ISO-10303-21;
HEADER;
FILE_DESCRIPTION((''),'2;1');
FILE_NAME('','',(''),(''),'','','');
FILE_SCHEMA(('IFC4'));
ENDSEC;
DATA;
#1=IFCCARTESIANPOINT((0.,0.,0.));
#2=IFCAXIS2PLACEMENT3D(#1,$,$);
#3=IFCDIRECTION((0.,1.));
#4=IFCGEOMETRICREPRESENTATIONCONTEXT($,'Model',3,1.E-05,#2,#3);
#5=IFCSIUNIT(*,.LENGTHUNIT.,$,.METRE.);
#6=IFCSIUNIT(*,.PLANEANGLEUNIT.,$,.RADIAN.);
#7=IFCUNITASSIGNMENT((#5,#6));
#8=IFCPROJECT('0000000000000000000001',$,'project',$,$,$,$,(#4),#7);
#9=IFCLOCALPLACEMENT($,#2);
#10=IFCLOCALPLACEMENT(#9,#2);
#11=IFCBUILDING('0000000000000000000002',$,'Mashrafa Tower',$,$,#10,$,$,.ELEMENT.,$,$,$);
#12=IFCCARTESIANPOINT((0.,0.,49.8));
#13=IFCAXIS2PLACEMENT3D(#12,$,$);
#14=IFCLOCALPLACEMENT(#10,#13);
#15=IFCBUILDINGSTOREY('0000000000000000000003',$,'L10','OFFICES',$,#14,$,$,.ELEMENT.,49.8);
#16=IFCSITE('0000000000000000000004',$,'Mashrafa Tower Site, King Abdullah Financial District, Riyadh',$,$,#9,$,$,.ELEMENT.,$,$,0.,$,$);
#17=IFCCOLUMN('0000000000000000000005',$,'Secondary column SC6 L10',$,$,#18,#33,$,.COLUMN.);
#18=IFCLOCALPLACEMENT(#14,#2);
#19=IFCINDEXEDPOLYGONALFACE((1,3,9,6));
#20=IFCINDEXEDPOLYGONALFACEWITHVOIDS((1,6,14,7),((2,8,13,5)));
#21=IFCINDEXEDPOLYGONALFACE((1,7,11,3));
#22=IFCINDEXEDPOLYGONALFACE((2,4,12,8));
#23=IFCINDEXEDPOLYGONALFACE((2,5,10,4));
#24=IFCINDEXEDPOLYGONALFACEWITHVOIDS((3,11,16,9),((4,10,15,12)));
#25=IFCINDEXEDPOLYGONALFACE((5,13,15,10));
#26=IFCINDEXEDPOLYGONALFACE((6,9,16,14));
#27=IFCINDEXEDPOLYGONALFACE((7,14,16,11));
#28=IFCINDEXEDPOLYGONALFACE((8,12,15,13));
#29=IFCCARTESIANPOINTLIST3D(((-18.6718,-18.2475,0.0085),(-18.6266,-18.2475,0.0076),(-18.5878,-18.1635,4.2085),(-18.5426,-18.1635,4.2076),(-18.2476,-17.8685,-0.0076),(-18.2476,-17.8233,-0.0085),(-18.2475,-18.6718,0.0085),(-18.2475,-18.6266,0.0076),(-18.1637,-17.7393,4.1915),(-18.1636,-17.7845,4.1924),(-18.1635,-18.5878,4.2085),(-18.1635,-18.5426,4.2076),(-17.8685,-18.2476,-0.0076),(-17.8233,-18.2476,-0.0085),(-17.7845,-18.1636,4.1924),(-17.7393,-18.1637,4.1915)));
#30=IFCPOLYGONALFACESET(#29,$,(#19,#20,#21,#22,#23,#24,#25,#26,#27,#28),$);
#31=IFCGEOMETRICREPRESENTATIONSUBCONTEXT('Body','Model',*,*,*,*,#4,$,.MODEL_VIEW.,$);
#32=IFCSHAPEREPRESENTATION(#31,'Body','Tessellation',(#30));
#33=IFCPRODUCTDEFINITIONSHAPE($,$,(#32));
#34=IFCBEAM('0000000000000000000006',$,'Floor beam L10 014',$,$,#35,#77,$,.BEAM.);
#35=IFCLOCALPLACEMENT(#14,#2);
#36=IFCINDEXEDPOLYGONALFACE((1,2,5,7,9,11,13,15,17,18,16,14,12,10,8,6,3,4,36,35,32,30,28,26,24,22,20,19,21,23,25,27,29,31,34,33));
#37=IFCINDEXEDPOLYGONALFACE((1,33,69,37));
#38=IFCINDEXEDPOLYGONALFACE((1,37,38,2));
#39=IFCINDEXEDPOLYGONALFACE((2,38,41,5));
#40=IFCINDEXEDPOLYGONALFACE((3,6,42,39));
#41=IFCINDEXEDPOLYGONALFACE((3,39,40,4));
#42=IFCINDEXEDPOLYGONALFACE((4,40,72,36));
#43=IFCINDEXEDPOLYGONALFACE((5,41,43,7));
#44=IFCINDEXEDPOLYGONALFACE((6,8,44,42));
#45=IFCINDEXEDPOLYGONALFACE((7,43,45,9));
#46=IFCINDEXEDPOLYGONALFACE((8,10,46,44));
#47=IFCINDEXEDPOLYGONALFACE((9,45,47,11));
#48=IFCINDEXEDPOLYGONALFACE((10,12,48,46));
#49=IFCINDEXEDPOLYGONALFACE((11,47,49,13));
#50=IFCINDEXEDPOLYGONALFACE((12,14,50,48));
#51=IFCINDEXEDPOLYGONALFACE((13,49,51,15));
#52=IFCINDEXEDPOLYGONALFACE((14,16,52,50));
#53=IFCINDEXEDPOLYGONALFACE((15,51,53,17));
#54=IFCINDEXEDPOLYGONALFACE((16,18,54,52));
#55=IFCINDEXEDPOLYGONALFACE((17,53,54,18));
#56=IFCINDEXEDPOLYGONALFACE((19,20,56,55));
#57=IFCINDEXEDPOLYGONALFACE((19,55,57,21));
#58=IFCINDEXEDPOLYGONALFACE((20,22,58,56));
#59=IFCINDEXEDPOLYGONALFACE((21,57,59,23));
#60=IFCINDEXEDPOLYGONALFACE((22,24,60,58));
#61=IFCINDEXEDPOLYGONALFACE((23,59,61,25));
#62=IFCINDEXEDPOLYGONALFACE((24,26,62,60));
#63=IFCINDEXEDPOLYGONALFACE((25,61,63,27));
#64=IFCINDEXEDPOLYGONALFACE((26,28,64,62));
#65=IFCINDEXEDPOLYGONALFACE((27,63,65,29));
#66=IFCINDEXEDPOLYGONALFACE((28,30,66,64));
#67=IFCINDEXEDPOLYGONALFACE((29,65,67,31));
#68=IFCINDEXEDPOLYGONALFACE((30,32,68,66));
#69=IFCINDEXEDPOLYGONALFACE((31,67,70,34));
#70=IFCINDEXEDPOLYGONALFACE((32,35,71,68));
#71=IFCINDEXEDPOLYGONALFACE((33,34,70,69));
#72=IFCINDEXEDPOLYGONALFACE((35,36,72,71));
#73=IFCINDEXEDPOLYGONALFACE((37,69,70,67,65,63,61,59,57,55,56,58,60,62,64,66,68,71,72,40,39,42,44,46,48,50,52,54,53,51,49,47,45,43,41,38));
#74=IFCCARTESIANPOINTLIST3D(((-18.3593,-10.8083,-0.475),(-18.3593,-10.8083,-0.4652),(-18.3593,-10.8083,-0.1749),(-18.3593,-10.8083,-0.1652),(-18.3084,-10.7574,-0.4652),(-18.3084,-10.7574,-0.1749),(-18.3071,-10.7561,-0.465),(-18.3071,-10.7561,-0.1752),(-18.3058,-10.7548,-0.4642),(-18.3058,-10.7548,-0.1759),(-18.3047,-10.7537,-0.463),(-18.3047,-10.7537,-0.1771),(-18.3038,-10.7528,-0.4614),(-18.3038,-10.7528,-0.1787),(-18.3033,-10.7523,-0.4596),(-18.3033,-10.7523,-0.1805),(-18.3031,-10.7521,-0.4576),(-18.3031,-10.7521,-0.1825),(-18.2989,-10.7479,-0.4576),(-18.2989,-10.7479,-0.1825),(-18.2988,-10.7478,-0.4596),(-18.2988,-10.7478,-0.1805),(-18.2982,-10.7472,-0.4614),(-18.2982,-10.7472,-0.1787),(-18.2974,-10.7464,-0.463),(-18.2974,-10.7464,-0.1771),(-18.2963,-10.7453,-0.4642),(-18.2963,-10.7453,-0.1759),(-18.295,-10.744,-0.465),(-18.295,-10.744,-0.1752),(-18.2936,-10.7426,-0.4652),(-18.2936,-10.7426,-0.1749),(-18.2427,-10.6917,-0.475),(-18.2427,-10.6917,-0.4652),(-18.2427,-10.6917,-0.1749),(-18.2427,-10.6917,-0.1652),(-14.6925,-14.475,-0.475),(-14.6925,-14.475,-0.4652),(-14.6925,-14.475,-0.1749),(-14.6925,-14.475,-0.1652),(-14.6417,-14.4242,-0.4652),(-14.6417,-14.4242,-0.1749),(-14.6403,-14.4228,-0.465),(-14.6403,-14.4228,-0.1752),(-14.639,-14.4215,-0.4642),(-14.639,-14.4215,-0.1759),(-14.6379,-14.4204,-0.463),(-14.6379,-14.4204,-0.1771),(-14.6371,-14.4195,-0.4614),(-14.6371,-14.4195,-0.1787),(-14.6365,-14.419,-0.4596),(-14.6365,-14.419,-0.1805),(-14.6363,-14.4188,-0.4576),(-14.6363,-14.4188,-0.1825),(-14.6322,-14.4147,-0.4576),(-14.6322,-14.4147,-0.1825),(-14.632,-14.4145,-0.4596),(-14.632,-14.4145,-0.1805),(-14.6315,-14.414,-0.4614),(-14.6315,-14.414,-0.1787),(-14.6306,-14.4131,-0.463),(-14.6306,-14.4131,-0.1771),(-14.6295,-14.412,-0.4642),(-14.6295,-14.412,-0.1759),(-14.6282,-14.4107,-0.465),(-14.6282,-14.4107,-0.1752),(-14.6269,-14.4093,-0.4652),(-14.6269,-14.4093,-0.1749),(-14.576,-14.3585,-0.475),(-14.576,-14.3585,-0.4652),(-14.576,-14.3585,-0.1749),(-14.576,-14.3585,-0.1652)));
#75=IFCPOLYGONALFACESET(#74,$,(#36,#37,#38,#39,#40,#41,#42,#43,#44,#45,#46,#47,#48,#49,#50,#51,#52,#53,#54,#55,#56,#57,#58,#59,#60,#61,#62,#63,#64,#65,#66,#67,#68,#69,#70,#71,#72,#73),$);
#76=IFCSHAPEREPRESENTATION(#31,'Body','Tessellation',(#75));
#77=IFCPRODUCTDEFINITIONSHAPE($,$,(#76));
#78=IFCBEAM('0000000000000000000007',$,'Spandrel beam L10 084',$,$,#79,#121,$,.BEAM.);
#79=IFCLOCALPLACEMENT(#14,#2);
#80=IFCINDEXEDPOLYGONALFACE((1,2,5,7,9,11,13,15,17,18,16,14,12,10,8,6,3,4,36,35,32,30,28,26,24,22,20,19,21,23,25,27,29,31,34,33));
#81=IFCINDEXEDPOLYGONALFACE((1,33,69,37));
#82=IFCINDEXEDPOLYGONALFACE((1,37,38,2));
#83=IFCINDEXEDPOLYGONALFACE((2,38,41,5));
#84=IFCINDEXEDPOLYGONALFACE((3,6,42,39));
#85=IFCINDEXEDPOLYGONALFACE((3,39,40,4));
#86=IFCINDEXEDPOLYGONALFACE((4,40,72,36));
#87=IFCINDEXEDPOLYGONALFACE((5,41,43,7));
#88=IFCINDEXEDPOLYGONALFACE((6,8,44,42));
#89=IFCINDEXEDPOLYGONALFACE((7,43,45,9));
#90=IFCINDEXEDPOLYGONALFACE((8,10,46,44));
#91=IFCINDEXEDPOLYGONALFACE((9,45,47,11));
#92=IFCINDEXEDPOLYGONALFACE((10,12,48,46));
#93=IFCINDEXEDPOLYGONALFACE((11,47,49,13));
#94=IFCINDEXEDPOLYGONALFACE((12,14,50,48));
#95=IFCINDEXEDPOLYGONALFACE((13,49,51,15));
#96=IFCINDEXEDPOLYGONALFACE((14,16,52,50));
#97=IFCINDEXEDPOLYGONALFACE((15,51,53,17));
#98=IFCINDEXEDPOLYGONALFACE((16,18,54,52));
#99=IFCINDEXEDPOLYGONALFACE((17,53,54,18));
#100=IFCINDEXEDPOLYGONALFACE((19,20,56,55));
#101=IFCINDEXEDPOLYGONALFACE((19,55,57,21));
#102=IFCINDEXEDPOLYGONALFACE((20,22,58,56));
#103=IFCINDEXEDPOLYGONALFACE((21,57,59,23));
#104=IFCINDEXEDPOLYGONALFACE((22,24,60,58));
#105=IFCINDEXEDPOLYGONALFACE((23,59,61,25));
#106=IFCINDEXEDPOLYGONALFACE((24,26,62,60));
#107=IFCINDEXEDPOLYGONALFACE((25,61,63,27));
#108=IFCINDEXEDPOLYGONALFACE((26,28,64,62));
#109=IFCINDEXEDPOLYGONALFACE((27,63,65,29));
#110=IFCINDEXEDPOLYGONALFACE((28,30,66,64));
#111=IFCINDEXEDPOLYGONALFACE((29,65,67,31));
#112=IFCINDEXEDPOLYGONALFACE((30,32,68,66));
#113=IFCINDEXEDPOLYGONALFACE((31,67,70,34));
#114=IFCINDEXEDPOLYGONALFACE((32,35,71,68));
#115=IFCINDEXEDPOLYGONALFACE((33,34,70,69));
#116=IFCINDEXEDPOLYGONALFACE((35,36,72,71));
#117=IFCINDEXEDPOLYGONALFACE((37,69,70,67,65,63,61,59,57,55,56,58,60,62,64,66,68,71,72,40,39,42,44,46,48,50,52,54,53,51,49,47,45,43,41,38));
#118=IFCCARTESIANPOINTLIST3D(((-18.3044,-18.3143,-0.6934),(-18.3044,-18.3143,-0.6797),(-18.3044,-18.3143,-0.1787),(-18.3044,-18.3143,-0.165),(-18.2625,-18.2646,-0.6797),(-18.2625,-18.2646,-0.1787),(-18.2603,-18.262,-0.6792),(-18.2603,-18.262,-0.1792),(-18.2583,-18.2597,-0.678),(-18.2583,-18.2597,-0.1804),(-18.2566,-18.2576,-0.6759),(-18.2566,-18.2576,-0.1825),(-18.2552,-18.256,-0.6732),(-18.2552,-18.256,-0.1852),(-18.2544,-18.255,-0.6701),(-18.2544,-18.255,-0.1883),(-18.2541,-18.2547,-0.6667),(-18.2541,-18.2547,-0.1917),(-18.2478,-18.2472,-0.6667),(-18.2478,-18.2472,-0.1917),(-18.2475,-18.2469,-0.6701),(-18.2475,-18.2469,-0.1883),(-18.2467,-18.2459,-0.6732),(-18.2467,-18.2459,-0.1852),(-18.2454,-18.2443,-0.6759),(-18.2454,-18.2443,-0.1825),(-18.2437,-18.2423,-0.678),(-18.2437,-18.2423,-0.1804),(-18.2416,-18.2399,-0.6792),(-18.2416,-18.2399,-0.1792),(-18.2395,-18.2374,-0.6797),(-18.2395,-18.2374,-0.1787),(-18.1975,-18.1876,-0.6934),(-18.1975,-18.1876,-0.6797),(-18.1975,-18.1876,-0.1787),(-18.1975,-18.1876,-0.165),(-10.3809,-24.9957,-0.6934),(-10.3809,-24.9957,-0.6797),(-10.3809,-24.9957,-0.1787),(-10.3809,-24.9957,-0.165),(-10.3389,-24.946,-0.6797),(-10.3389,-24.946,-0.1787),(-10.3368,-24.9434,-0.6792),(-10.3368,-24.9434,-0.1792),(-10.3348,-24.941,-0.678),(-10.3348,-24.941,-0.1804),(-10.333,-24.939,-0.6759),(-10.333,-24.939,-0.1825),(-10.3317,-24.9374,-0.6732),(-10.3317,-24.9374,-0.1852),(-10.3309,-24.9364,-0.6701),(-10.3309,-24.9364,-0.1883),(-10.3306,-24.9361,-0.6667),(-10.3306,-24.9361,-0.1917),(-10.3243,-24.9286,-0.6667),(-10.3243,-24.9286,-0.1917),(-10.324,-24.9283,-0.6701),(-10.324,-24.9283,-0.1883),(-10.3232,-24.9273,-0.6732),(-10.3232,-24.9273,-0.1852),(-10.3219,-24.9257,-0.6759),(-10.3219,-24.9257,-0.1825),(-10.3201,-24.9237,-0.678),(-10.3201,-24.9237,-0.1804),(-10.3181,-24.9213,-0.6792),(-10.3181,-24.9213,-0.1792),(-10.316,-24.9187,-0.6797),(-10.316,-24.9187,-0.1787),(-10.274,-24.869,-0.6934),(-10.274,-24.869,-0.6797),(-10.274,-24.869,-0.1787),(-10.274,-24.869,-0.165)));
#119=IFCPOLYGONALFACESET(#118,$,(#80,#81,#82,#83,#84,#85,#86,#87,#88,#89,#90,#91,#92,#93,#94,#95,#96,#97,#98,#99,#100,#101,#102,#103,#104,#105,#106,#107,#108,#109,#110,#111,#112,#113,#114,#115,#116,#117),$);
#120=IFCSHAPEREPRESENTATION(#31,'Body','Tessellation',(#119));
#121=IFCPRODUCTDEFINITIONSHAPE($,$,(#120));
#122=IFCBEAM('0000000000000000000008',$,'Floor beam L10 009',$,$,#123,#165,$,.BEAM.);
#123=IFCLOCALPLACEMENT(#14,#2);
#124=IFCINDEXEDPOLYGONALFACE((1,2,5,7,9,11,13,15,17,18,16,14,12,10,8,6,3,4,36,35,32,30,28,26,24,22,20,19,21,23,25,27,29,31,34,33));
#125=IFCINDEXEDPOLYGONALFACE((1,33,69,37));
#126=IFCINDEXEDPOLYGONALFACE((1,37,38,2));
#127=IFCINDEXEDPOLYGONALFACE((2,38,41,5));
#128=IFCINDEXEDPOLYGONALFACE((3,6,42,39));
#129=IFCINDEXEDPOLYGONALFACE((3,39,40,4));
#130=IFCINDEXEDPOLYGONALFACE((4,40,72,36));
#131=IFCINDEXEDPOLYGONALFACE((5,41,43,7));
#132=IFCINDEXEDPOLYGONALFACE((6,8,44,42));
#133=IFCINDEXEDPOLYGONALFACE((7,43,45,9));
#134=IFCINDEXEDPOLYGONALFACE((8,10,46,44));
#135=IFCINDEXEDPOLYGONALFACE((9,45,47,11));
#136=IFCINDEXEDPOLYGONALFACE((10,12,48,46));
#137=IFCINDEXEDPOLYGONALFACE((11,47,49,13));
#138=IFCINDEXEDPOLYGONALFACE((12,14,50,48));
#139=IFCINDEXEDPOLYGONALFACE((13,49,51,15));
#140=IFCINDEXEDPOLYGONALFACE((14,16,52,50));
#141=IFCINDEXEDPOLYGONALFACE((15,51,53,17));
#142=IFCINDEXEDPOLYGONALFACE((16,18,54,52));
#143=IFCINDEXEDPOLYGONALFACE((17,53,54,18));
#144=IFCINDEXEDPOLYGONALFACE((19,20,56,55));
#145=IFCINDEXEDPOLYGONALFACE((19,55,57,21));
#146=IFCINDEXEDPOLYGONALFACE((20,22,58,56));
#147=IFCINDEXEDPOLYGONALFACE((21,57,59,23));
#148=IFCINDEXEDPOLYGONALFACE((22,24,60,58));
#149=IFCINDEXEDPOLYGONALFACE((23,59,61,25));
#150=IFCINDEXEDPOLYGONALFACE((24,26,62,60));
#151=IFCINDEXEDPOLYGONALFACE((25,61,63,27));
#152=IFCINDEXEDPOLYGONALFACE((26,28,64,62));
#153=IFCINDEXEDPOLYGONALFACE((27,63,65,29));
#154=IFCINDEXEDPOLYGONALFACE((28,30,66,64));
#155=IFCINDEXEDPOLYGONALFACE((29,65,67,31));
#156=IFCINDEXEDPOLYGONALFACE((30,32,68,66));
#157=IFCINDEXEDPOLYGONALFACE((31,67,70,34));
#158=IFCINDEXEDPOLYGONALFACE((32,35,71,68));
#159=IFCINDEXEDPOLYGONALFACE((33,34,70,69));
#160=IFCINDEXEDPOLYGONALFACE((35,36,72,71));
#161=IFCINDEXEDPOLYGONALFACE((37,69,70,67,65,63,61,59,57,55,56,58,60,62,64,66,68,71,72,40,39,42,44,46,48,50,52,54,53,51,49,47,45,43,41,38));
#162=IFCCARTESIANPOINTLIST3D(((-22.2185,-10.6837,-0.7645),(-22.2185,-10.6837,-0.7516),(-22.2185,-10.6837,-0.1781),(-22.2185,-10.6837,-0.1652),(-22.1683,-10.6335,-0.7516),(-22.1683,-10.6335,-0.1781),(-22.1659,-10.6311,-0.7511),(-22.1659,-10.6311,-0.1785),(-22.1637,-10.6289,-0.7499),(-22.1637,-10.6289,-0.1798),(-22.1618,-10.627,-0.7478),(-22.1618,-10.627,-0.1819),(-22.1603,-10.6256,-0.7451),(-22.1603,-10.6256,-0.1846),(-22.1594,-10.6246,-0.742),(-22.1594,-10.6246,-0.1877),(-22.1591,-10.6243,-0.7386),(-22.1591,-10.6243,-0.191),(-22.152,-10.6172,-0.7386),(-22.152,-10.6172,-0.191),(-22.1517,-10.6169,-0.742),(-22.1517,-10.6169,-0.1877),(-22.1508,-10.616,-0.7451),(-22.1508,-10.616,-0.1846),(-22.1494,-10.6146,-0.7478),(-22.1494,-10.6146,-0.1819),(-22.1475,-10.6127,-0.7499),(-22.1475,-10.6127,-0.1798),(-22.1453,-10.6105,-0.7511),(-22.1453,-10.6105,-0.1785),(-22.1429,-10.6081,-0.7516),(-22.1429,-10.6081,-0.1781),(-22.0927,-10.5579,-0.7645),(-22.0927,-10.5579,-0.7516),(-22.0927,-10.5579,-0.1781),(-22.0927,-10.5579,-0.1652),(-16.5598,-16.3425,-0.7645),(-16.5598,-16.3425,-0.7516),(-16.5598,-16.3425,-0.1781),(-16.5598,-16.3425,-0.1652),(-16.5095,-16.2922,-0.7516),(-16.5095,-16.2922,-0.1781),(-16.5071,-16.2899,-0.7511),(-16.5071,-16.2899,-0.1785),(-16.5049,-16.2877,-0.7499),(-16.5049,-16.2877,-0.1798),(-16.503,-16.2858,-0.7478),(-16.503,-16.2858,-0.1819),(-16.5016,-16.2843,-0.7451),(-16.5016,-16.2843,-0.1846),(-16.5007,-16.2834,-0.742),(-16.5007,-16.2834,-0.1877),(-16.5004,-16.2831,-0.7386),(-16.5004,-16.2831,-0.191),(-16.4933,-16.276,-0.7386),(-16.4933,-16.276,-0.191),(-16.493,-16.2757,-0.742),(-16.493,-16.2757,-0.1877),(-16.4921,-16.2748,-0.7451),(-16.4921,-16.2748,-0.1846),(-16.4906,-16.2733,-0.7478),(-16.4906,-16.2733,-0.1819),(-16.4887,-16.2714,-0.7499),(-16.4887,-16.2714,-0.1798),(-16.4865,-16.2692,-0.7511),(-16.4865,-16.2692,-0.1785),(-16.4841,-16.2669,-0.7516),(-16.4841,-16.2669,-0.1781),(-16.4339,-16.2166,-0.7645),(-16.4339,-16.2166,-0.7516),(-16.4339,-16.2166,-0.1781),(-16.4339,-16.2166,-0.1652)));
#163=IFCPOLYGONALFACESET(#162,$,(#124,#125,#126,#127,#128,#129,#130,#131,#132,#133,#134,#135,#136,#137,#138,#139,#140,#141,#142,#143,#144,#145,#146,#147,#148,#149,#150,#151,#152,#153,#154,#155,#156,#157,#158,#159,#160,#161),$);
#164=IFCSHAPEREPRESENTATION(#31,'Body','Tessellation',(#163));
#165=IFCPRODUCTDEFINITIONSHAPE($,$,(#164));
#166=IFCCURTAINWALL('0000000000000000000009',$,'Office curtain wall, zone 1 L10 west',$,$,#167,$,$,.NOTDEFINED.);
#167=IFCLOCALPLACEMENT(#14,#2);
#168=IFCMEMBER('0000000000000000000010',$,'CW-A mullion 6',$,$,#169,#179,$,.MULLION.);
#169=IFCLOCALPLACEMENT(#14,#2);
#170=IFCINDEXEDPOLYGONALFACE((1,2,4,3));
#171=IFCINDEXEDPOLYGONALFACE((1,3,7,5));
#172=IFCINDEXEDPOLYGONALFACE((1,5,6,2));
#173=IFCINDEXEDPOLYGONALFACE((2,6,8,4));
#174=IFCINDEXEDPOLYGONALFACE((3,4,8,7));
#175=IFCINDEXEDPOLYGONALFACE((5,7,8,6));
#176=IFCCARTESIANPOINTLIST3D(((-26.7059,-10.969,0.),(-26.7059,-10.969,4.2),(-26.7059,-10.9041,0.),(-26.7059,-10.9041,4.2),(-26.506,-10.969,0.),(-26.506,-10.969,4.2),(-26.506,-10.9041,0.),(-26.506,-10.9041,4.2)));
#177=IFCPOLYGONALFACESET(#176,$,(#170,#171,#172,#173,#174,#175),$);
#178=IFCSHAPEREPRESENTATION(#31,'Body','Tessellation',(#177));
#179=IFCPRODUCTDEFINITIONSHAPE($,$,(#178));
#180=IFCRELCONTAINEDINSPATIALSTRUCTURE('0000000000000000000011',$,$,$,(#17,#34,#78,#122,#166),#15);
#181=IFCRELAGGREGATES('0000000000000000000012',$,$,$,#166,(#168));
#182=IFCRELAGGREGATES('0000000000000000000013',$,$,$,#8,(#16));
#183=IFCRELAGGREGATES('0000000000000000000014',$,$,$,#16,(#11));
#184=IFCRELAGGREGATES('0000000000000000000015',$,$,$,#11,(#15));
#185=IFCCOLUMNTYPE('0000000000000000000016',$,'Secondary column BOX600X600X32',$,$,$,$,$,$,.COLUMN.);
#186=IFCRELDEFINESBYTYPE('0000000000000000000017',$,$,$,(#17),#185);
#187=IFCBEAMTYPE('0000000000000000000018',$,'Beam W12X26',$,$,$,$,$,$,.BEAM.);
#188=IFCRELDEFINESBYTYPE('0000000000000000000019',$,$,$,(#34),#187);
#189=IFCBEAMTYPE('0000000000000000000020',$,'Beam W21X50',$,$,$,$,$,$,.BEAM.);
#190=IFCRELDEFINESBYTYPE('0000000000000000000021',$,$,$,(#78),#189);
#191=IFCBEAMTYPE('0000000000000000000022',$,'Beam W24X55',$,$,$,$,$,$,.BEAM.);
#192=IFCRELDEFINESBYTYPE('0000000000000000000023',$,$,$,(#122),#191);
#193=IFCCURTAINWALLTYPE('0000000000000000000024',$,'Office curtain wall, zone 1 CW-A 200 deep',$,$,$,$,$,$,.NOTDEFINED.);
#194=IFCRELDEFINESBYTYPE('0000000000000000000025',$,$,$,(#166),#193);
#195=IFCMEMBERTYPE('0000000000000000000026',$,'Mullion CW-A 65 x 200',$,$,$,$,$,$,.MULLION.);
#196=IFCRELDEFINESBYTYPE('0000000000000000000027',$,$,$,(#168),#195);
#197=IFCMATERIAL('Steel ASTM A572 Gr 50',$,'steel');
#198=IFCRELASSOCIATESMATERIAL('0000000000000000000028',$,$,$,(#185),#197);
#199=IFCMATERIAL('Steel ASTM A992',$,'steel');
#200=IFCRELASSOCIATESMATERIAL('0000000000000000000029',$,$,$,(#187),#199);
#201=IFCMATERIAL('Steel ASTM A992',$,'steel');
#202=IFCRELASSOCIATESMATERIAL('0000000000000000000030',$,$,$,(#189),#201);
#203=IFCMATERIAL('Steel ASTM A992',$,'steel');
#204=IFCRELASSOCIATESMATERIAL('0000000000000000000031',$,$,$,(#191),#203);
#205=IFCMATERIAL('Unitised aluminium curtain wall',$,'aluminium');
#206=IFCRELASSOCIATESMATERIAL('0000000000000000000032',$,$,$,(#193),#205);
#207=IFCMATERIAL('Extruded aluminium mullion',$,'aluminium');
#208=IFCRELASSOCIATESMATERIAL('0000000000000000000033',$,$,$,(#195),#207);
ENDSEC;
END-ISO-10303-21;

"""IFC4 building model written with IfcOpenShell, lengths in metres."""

from ifc_helpers import new_model, si_unit, direction, frame, origin, origin_2d, place, context, subcontext, project, spatial, rectangle, hollow_rectangle, i_section, extrude, source, transform, mapped, material, material_profile, profile_set, type_object, type_shapes, element, aggregate, save


model = new_model("IFC4")

# Units and contexts
model_context = context("Model", 3, precision=1e-05, world=origin(), true_north=direction((0.0, 1.0)))
body_context = subcontext(model_context, "Body", "Model", "MODEL_VIEW")
ifc_project = project(units=[si_unit("LENGTHUNIT", "METRE"), si_unit("PLANEANGLEUNIT", "RADIAN")], contexts=[model_context])

# Site, building, storey
site_placement = place(None, origin())
site = spatial("IfcSite", under=ifc_project, at=site_placement, Name="Mashrafa Tower Site, King Abdullah Financial District, Riyadh", CompositionType="ELEMENT", RefElevation=0.0)
building_placement = place(site_placement, origin())
building = spatial("IfcBuilding", under=site, at=building_placement, Name="Mashrafa Tower", CompositionType="ELEMENT")
storey_placement = place(building_placement, frame((0.0, 0.0, 49.8)))
storey = spatial("IfcBuildingStorey", under=building, at=storey_placement, Name="L10", Description="OFFICES", CompositionType="ELEMENT", Elevation=49.8)

# Column
ifc_material_1 = material(Name="Steel ASTM A572 Gr 50", Category="steel")
ifc_material_profile_1 = material_profile(ifc_material_1, hollow_rectangle(XDim=0.6001, YDim=0.6001, WallThickness=0.032, at=origin_2d()), Name="BOX600X600X32")
ifc_profile_set_1 = profile_set([ifc_material_profile_1], Name="Steel ASTM A572 Gr 50")
column_type = type_object("IfcColumnType", Name="Secondary column BOX600X600X32", PredefinedType="COLUMN", material=ifc_profile_set_1)
column_placement = place(storey_placement, frame((-18.2476, -18.2476, 0.0), z_axis=(0.019989, 0.019989, 0.9996), x_axis=(-0.707107, 0.707107, 0.0)))
element("IfcColumn", 1, at=column_placement, inside=storey, type_object=column_type, Name="Secondary column SC6 L10", PredefinedType="COLUMN", context=body_context, shape_type="SweptSolid", body=[
    extrude(hollow_rectangle(XDim=0.6001, YDim=0.6001, WallThickness=0.032, at=origin_2d()), origin(), (0.0, 0.0, 1.0), 4.2017),
])

# Beams
ifc_material_2 = material(Name="Steel ASTM A992", Category="steel")
ifc_material_profile_2 = material_profile(ifc_material_2, i_section(OverallWidth=0.1648, OverallDepth=0.3098, WebThickness=0.0059, FlangeThickness=0.0098, FilletRadius=0.0076, at=origin_2d()), Name="W12X26")
ifc_profile_set_2 = profile_set([ifc_material_profile_2], Name="Steel ASTM A992")
beam_type_1 = type_object("IfcBeamType", Name="Beam W12X26", PredefinedType="BEAM", material=ifc_profile_set_2)
beam_1_placement = place(storey_placement, frame((-14.6343, -14.4167, -0.3201), z_axis=(-0.707107, 0.707107, 0.0), x_axis=(-0.707107, -0.707107, 0.0)))
element("IfcBeam", 2, at=beam_1_placement, inside=storey, type_object=beam_type_1, Name="Floor beam L10 014", PredefinedType="BEAM", context=body_context, shape_type="SweptSolid", body=[
    extrude(i_section(OverallWidth=0.1648, OverallDepth=0.3098, WebThickness=0.0059, FlangeThickness=0.0098, FilletRadius=0.0076, at=origin_2d()), origin(), (0.0, 0.0, 1.0), 5.1855),
])
ifc_material_3 = material(Name="Steel ASTM A992", Category="steel")
ifc_material_profile_3 = material_profile(ifc_material_3, i_section(OverallWidth=0.1658, OverallDepth=0.5283, WebThickness=0.0098, FlangeThickness=0.0137, FilletRadius=0.0129, at=origin_2d()), Name="W21X50")
ifc_profile_set_3 = profile_set([ifc_material_profile_3], Name="Steel ASTM A992")
beam_type_2 = type_object("IfcBeamType", Name="Beam W21X50", PredefinedType="BEAM", material=ifc_profile_set_3)
beam_2_placement = place(storey_placement, frame((-18.251, -18.251, -0.4292), z_axis=(0.764488, -0.644638, 0.0), x_axis=(0.644638, 0.764488, 0.0)))
element("IfcBeam", 3, at=beam_2_placement, inside=storey, type_object=beam_type_2, Name="Spandrel beam L10 084", PredefinedType="BEAM", context=body_context, shape_type="SweptSolid", body=[
    extrude(i_section(OverallWidth=0.1658, OverallDepth=0.5283, WebThickness=0.0098, FlangeThickness=0.0137, FilletRadius=0.0129, at=origin_2d()), origin(), (0.0, 0.0, 1.0), 10.3645),
])
ifc_material_4 = material(Name="Steel ASTM A992", Category="steel")
ifc_material_profile_4 = material_profile(ifc_material_4, i_section(OverallWidth=0.178, OverallDepth=0.5994, WebThickness=0.01, FlangeThickness=0.0129, FilletRadius=0.0129, at=origin_2d()), Name="W24X55")
ifc_profile_set_4 = profile_set([ifc_material_profile_4], Name="Steel ASTM A992")
beam_type_3 = type_object("IfcBeamType", Name="Beam W24X55", PredefinedType="BEAM", material=ifc_profile_set_4)
beam_3_placement = place(storey_placement, frame((-16.4968, -16.2795, -0.4648), z_axis=(-0.707107, 0.707107, 0.0), x_axis=(-0.707107, -0.707107, 0.0)))
element("IfcBeam", 4, at=beam_3_placement, inside=storey, type_object=beam_type_3, Name="Floor beam L10 009", PredefinedType="BEAM", context=body_context, shape_type="SweptSolid", body=[
    extrude(i_section(OverallWidth=0.178, OverallDepth=0.5994, WebThickness=0.01, FlangeThickness=0.0129, FilletRadius=0.0129, at=origin_2d()), origin(), (0.0, 0.0, 1.0), 8.0027),
])

# Curtain wall, member
ifc_material_5 = material(Name="Unitised aluminium curtain wall", Category="aluminium")
curtain_wall_type = type_object("IfcCurtainWallType", Name="Office curtain wall, zone 1 CW-A 200 deep", PredefinedType="NOTDEFINED", material=ifc_material_5)
curtain_wall_1_placement = place(storey_placement, origin())
curtain_wall_1 = element("IfcCurtainWall", 5, at=curtain_wall_1_placement, inside=storey, type_object=curtain_wall_type, Name="Office curtain wall, zone 1 L10 west", PredefinedType="NOTDEFINED")
ifc_material_6 = material(Name="Extruded aluminium mullion", Category="aluminium")
ifc_material_profile_5 = material_profile(ifc_material_6, rectangle(XDim=0.2, YDim=0.0649, at=origin_2d()), Name="Mullion 65x200")
ifc_profile_set_5 = profile_set([ifc_material_profile_5], Name="Extruded aluminium mullion")
member_type_1 = type_object("IfcMemberType", Name="Mullion CW-A 65 x 200", PredefinedType="MULLION", material=ifc_profile_set_5)
shared_shape_1 = source(origin(), body_context, "Body", "SweptSolid", [
    extrude(rectangle(XDim=0.2, YDim=0.0649, at=origin_2d()), origin(), (0.0, 0.0, 1.0), 4.2),
])
type_shapes(member_type_1, [shared_shape_1])
member_1_placement = place(storey_placement, frame((-26.606, -10.9365, 0.0), z_axis=(0.0, 0.0, 1.0), x_axis=(1.0, 0.0, 0.0)))
member_1 = element("IfcMember", 6, at=member_1_placement, type_object=member_type_1, Name="CW-A mullion 6", PredefinedType="MULLION", context=body_context, shape_type="MappedRepresentation", body=[
    mapped(shared_shape_1, transform((0.0, 0.0, 0.0))),
])
aggregate(curtain_wall_1, [member_1])

save(model, "model.ifc")
